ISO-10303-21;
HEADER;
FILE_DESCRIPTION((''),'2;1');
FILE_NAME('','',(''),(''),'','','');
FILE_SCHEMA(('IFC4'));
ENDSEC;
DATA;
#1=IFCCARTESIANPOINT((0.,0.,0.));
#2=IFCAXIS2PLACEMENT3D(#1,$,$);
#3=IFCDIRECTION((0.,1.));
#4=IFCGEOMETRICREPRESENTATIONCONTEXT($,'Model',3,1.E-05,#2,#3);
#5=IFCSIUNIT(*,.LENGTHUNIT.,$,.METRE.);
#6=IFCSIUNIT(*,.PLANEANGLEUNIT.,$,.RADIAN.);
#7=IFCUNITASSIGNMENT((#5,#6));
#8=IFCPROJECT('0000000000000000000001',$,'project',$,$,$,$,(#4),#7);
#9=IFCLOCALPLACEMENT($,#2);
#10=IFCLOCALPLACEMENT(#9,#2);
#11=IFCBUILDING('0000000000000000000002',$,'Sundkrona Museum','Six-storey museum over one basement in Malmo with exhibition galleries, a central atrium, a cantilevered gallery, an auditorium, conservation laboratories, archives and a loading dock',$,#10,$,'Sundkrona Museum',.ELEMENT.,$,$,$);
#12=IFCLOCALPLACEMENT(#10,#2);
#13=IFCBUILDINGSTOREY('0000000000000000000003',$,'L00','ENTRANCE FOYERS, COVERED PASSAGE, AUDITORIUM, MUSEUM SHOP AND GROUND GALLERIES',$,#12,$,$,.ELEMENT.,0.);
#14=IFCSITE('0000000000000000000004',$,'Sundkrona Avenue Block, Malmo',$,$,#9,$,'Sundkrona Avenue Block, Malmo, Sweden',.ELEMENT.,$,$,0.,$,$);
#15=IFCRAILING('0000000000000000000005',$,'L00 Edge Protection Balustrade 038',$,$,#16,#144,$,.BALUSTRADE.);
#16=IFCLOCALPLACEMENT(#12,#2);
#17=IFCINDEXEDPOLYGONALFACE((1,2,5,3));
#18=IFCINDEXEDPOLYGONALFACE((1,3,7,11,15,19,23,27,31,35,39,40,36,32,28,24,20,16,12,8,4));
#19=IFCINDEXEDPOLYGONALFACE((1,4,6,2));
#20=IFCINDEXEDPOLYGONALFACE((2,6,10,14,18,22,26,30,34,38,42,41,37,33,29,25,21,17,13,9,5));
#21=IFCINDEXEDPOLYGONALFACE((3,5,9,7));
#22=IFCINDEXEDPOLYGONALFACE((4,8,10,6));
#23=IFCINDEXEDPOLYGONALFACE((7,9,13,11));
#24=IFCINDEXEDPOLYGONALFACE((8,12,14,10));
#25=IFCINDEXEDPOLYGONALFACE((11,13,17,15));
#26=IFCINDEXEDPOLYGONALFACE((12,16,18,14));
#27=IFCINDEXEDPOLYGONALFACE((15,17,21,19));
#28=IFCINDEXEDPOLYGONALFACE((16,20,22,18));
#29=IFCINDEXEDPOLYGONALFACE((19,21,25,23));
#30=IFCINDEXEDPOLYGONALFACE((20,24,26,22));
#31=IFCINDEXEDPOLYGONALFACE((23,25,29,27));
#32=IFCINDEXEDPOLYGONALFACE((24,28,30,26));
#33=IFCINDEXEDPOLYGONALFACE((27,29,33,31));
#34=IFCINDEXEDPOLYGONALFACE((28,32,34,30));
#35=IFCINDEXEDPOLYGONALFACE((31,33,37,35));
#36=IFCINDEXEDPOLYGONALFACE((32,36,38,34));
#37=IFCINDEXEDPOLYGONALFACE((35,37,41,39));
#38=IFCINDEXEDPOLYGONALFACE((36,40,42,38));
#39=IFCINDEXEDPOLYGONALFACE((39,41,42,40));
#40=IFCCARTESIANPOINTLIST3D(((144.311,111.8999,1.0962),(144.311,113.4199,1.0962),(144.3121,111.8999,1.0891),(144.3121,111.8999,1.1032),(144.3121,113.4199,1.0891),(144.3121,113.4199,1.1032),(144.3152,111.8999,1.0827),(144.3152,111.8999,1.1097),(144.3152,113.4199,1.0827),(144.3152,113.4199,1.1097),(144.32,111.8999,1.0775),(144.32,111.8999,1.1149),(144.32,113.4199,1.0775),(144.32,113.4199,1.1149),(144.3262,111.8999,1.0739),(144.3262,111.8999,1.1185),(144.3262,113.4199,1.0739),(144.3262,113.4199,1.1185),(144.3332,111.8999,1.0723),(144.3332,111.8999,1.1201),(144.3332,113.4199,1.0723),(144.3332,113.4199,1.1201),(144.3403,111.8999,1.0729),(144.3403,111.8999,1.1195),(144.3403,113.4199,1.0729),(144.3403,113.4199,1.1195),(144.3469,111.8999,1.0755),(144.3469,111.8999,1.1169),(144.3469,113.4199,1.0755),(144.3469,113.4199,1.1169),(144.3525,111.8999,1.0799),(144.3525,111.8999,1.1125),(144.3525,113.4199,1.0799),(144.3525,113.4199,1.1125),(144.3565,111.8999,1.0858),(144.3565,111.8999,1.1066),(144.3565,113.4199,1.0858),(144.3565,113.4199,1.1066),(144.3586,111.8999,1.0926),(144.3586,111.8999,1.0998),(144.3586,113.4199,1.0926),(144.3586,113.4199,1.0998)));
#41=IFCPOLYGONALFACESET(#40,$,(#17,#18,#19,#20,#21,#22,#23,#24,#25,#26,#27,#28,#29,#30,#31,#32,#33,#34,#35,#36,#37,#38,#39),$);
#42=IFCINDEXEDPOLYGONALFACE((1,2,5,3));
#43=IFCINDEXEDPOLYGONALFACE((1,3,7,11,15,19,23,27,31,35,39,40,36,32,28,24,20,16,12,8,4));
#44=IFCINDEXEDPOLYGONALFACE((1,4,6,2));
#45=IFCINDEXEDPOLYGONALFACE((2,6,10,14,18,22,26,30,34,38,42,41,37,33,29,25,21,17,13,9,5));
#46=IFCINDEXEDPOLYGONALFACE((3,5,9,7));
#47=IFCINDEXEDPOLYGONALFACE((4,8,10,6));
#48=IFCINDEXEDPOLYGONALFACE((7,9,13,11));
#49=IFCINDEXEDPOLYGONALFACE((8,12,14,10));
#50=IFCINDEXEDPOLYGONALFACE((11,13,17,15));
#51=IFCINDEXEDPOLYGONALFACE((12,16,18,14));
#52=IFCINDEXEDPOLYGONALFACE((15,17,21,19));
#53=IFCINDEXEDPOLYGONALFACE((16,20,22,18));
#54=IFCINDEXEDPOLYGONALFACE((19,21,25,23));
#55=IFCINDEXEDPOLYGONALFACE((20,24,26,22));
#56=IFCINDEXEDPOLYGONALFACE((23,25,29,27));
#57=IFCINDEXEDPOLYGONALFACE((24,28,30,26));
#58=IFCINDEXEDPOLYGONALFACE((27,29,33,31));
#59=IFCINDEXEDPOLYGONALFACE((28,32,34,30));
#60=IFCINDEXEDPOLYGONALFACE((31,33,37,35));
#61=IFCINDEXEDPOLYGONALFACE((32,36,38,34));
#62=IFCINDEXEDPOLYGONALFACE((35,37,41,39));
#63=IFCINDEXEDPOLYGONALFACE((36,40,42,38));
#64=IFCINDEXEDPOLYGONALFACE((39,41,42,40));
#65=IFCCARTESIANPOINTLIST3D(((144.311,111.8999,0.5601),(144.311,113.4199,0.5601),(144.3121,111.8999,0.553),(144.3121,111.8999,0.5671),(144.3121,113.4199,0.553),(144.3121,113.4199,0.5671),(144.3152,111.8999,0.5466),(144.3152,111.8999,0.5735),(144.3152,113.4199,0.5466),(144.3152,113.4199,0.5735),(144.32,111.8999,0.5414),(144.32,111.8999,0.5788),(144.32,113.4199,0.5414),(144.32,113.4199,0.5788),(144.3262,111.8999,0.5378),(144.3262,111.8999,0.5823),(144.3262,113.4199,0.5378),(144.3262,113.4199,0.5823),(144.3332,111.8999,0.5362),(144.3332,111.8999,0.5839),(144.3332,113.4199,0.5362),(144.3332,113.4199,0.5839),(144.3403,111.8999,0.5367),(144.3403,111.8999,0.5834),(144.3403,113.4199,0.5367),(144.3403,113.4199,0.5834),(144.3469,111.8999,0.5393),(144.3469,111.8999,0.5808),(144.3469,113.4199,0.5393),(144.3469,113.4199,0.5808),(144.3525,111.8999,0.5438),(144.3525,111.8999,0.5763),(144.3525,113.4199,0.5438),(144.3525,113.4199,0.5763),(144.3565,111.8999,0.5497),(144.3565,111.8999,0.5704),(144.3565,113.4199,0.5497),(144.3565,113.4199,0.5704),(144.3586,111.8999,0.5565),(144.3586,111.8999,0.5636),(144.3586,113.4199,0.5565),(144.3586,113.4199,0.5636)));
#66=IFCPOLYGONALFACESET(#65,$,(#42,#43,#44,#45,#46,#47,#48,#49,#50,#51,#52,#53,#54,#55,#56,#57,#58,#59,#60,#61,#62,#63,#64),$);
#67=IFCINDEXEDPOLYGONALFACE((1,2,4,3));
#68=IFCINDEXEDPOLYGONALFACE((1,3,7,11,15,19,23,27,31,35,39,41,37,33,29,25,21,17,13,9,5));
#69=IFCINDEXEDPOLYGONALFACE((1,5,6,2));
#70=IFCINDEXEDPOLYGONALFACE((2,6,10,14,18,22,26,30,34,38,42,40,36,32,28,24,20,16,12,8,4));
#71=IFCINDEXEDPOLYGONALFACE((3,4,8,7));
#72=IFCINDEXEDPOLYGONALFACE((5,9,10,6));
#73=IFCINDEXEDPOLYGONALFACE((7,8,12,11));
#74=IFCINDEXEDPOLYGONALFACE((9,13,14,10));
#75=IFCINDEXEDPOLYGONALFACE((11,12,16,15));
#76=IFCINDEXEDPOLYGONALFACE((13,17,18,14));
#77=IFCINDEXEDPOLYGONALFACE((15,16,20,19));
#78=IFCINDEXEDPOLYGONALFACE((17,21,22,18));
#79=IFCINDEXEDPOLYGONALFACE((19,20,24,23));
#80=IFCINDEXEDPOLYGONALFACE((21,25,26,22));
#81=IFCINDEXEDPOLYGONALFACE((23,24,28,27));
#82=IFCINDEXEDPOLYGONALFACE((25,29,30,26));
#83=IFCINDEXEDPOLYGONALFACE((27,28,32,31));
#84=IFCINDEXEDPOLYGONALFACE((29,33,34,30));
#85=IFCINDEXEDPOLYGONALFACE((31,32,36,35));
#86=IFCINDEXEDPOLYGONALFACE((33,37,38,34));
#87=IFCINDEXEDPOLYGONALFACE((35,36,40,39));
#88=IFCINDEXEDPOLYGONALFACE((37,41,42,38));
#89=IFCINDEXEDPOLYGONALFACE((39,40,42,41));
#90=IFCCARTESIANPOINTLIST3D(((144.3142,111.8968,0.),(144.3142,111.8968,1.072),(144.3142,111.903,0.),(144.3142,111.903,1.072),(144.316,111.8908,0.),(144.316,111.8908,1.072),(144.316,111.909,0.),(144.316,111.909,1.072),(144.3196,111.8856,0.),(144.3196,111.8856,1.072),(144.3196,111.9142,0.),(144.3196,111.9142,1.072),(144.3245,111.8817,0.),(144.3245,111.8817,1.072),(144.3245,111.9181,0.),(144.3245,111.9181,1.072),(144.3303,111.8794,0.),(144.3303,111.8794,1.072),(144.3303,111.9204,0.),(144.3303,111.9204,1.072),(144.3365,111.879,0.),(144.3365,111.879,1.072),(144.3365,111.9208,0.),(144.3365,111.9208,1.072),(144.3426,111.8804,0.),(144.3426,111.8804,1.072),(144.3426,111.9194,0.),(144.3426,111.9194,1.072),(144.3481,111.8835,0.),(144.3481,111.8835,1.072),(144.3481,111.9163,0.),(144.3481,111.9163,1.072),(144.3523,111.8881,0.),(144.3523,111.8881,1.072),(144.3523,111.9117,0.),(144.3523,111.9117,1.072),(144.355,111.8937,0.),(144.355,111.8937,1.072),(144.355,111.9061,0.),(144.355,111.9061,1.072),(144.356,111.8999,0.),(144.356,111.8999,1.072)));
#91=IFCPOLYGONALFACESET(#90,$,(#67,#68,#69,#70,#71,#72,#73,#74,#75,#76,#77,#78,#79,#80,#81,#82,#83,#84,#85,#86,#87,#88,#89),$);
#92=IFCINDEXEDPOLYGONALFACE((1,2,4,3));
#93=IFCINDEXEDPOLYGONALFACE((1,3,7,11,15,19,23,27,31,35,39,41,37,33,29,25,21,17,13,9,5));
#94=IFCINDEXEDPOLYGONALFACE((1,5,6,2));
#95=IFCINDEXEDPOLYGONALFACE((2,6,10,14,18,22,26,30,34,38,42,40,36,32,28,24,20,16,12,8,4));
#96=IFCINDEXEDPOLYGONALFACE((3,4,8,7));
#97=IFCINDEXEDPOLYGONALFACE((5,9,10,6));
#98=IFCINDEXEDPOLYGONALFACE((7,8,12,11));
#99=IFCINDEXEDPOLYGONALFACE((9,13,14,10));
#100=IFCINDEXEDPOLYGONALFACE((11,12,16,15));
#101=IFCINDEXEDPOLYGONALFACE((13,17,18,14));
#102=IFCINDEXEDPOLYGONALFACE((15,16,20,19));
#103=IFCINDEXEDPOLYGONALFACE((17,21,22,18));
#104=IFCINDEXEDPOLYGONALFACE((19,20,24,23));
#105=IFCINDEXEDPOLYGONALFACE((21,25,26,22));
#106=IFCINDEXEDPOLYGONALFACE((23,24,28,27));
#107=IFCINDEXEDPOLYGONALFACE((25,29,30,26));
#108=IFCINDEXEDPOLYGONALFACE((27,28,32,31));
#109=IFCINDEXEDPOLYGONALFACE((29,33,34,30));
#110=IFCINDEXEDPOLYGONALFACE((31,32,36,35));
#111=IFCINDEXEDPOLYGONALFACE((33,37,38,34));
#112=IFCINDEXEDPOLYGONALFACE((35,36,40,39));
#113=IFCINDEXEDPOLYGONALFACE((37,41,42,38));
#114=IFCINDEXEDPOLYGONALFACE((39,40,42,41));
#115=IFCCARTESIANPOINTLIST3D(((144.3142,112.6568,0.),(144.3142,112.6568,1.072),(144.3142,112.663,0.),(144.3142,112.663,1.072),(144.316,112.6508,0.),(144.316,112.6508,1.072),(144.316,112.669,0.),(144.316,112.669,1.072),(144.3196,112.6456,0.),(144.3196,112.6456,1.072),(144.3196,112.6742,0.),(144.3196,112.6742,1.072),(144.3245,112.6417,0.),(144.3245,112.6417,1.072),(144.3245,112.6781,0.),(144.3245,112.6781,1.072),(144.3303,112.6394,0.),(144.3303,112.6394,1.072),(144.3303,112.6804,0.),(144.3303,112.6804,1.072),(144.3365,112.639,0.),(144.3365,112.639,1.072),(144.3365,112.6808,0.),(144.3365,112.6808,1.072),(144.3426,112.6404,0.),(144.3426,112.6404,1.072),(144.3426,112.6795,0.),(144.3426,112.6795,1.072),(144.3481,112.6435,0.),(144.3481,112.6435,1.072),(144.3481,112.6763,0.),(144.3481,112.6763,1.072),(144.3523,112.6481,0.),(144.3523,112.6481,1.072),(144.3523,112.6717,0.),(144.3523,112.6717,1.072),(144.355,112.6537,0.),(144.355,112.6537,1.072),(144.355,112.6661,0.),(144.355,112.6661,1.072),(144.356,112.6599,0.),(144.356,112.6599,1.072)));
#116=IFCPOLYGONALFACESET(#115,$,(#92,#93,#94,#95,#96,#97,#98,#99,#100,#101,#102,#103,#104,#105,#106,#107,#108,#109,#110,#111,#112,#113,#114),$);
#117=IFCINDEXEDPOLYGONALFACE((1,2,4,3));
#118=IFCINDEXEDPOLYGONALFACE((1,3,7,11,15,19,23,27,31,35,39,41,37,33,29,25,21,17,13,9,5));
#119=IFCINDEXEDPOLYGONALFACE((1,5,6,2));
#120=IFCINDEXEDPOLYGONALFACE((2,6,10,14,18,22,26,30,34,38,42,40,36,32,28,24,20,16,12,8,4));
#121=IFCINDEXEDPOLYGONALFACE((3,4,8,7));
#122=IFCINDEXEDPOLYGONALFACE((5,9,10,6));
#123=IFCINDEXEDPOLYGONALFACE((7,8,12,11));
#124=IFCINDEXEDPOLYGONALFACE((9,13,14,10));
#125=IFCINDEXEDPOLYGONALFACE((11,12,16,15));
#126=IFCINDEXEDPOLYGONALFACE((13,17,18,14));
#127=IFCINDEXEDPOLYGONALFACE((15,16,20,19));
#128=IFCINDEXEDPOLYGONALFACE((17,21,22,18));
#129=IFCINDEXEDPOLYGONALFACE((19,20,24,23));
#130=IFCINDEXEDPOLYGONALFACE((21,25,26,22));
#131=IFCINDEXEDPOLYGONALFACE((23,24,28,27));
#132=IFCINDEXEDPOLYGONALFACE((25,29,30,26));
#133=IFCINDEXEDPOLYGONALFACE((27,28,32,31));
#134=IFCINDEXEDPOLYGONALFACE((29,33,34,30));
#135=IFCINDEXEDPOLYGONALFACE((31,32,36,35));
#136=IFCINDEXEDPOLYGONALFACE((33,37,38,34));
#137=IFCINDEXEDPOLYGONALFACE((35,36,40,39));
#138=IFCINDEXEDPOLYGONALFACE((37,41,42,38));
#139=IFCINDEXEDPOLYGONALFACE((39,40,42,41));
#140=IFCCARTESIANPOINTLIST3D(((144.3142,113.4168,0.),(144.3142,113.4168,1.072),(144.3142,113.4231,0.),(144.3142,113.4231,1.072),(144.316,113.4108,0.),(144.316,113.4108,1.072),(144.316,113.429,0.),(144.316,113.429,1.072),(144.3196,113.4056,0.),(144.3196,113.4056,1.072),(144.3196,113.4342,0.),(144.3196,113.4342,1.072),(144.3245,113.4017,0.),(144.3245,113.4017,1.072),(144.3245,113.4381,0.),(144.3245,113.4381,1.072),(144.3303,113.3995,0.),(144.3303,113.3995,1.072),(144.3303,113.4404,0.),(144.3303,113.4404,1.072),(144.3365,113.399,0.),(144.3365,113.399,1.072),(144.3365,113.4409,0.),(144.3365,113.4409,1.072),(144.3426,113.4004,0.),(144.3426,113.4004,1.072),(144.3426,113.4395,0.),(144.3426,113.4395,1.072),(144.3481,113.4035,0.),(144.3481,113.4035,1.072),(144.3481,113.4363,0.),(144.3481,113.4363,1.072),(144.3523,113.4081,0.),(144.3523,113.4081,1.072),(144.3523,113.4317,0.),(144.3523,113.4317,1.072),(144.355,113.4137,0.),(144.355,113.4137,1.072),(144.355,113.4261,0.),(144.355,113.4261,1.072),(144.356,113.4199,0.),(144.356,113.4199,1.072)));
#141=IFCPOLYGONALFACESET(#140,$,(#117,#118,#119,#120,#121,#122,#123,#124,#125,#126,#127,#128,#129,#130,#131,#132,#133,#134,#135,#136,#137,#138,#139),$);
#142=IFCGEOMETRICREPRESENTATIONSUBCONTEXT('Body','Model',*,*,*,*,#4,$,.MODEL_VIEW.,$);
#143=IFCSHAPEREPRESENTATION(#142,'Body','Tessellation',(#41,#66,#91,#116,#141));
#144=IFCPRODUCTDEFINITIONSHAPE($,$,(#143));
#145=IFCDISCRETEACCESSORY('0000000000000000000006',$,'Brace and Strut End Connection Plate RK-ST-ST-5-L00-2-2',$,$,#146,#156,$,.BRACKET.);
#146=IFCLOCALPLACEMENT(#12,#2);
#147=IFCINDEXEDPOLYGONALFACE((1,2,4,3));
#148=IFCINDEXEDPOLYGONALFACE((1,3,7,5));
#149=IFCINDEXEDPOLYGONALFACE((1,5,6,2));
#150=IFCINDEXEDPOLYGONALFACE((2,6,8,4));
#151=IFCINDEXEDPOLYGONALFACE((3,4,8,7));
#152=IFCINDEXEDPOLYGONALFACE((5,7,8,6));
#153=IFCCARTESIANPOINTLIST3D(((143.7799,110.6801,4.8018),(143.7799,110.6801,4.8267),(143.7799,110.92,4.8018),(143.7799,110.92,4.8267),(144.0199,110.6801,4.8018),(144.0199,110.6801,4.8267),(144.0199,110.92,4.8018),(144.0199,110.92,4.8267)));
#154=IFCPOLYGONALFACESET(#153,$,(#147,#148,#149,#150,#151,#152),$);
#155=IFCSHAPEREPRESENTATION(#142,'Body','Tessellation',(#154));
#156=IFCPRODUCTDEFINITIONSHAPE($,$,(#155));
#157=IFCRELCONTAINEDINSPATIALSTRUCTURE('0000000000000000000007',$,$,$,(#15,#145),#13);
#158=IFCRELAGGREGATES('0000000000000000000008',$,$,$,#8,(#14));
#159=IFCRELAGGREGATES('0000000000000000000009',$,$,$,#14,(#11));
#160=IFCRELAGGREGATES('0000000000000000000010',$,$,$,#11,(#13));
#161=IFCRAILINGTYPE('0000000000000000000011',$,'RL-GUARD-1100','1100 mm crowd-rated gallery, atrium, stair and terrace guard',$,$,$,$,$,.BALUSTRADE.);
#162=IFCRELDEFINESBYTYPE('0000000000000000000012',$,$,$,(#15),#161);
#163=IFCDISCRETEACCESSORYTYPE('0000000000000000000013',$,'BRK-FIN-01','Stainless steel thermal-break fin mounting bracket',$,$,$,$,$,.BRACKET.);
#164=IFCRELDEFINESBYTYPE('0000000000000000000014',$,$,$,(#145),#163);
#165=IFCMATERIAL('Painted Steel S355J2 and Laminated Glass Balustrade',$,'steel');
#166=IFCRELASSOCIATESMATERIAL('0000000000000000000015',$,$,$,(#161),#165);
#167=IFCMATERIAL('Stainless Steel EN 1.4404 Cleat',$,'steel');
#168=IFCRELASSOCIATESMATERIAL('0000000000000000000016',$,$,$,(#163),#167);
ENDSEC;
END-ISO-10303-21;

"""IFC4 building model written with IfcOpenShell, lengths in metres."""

from ifc_helpers import new_model, si_unit, direction, frame, origin, origin_2d, place, context, subcontext, project, spatial, rectangle, circle, extrude, material, type_object, element, save


model = new_model("IFC4")

# Units and contexts
model_context = context("Model", 3, precision=1e-05, world=origin(), true_north=direction((0.0, 1.0)))
body_context = subcontext(model_context, "Body", "Model", "MODEL_VIEW")
ifc_project = project(units=[si_unit("LENGTHUNIT", "METRE"), si_unit("PLANEANGLEUNIT", "RADIAN")], contexts=[model_context])

# Site, building, storey
site_placement = place(None, origin())
site = spatial("IfcSite", under=ifc_project, at=site_placement, Name="Sundkrona Avenue Block, Malmo", LongName="Sundkrona Avenue Block, Malmo, Sweden", CompositionType="ELEMENT", RefElevation=0.0)
building_placement = place(site_placement, origin())
building = spatial("IfcBuilding", under=site, at=building_placement, Name="Sundkrona Museum", Description="Six-storey museum over one basement in Malmo with exhibition galleries, a central atrium, a cantilevered gallery, an auditorium, conservation laboratories, archives and a loading dock", LongName="Sundkrona Museum", CompositionType="ELEMENT")
storey_placement = place(building_placement, origin())
storey = spatial("IfcBuildingStorey", under=building, at=storey_placement, Name="L00", Description="ENTRANCE FOYERS, COVERED PASSAGE, AUDITORIUM, MUSEUM SHOP AND GROUND GALLERIES", CompositionType="ELEMENT", Elevation=0.0)

# Railing
ifc_material_1 = material(Name="Painted Steel S355J2 and Laminated Glass Balustrade", Category="steel")
railing_type_1 = type_object("IfcRailingType", Name="RL-GUARD-1100", Description="1100 mm crowd-rated gallery, atrium, stair and terrace guard", PredefinedType="BALUSTRADE", material=ifc_material_1)
for number, where, name in (
    (1, (144.335, 111.8999, 0.0), "L00 Edge Protection Balustrade 038"),
):
    element("IfcRailing", number, at=place(storey_placement, frame(where)), inside=storey, type_object=railing_type_1, Name=name, PredefinedType="BALUSTRADE", context=body_context, shape_type="SweptSolid", body=[
        extrude(circle(Radius=0.0239, at=origin_2d()), frame((0.0, 0.0, 1.0962), z_axis=(0.0, 1.0, 0.0), x_axis=(-1.0, 0.0, 0.0)), (0.0, 0.0, 1.0), 1.52),
        extrude(circle(Radius=0.0239, at=origin_2d()), frame((0.0, 0.0, 0.5601), z_axis=(0.0, 1.0, 0.0), x_axis=(-1.0, 0.0, 0.0)), (0.0, 0.0, 1.0), 1.52),
        extrude(circle(Radius=0.021, at=origin_2d()), origin(), (0.0, 0.0, 1.0), 1.072),
        extrude(circle(Radius=0.021, at=origin_2d()), frame((0.0, 0.76, 0.0)), (0.0, 0.0, 1.0), 1.072),
        extrude(circle(Radius=0.021, at=origin_2d()), frame((0.0, 1.52, 0.0)), (0.0, 0.0, 1.0), 1.072),
    ])

# Discrete accessory
ifc_material_2 = material(Name="Stainless Steel EN 1.4404 Cleat", Category="steel")
discrete_accessory_type = type_object("IfcDiscreteAccessoryType", Name="BRK-FIN-01", Description="Stainless steel thermal-break fin mounting bracket", PredefinedType="BRACKET", material=ifc_material_2)
discrete_accessory_placement = place(storey_placement, frame((143.8999, 110.8, 4.8018), z_axis=(0.0, 0.0, 1.0), x_axis=(1.0, 0.0, 0.0)))
element("IfcDiscreteAccessory", 2, at=discrete_accessory_placement, inside=storey, type_object=discrete_accessory_type, Name="Brace and Strut End Connection Plate RK-ST-ST-5-L00-2-2", PredefinedType="BRACKET", context=body_context, shape_type="SweptSolid", body=[
    extrude(rectangle(XDim=0.24, YDim=0.24, at=origin_2d()), origin(), (0.0, 0.0, 1.0), 0.0249),
])

save(model, "model.ifc")
